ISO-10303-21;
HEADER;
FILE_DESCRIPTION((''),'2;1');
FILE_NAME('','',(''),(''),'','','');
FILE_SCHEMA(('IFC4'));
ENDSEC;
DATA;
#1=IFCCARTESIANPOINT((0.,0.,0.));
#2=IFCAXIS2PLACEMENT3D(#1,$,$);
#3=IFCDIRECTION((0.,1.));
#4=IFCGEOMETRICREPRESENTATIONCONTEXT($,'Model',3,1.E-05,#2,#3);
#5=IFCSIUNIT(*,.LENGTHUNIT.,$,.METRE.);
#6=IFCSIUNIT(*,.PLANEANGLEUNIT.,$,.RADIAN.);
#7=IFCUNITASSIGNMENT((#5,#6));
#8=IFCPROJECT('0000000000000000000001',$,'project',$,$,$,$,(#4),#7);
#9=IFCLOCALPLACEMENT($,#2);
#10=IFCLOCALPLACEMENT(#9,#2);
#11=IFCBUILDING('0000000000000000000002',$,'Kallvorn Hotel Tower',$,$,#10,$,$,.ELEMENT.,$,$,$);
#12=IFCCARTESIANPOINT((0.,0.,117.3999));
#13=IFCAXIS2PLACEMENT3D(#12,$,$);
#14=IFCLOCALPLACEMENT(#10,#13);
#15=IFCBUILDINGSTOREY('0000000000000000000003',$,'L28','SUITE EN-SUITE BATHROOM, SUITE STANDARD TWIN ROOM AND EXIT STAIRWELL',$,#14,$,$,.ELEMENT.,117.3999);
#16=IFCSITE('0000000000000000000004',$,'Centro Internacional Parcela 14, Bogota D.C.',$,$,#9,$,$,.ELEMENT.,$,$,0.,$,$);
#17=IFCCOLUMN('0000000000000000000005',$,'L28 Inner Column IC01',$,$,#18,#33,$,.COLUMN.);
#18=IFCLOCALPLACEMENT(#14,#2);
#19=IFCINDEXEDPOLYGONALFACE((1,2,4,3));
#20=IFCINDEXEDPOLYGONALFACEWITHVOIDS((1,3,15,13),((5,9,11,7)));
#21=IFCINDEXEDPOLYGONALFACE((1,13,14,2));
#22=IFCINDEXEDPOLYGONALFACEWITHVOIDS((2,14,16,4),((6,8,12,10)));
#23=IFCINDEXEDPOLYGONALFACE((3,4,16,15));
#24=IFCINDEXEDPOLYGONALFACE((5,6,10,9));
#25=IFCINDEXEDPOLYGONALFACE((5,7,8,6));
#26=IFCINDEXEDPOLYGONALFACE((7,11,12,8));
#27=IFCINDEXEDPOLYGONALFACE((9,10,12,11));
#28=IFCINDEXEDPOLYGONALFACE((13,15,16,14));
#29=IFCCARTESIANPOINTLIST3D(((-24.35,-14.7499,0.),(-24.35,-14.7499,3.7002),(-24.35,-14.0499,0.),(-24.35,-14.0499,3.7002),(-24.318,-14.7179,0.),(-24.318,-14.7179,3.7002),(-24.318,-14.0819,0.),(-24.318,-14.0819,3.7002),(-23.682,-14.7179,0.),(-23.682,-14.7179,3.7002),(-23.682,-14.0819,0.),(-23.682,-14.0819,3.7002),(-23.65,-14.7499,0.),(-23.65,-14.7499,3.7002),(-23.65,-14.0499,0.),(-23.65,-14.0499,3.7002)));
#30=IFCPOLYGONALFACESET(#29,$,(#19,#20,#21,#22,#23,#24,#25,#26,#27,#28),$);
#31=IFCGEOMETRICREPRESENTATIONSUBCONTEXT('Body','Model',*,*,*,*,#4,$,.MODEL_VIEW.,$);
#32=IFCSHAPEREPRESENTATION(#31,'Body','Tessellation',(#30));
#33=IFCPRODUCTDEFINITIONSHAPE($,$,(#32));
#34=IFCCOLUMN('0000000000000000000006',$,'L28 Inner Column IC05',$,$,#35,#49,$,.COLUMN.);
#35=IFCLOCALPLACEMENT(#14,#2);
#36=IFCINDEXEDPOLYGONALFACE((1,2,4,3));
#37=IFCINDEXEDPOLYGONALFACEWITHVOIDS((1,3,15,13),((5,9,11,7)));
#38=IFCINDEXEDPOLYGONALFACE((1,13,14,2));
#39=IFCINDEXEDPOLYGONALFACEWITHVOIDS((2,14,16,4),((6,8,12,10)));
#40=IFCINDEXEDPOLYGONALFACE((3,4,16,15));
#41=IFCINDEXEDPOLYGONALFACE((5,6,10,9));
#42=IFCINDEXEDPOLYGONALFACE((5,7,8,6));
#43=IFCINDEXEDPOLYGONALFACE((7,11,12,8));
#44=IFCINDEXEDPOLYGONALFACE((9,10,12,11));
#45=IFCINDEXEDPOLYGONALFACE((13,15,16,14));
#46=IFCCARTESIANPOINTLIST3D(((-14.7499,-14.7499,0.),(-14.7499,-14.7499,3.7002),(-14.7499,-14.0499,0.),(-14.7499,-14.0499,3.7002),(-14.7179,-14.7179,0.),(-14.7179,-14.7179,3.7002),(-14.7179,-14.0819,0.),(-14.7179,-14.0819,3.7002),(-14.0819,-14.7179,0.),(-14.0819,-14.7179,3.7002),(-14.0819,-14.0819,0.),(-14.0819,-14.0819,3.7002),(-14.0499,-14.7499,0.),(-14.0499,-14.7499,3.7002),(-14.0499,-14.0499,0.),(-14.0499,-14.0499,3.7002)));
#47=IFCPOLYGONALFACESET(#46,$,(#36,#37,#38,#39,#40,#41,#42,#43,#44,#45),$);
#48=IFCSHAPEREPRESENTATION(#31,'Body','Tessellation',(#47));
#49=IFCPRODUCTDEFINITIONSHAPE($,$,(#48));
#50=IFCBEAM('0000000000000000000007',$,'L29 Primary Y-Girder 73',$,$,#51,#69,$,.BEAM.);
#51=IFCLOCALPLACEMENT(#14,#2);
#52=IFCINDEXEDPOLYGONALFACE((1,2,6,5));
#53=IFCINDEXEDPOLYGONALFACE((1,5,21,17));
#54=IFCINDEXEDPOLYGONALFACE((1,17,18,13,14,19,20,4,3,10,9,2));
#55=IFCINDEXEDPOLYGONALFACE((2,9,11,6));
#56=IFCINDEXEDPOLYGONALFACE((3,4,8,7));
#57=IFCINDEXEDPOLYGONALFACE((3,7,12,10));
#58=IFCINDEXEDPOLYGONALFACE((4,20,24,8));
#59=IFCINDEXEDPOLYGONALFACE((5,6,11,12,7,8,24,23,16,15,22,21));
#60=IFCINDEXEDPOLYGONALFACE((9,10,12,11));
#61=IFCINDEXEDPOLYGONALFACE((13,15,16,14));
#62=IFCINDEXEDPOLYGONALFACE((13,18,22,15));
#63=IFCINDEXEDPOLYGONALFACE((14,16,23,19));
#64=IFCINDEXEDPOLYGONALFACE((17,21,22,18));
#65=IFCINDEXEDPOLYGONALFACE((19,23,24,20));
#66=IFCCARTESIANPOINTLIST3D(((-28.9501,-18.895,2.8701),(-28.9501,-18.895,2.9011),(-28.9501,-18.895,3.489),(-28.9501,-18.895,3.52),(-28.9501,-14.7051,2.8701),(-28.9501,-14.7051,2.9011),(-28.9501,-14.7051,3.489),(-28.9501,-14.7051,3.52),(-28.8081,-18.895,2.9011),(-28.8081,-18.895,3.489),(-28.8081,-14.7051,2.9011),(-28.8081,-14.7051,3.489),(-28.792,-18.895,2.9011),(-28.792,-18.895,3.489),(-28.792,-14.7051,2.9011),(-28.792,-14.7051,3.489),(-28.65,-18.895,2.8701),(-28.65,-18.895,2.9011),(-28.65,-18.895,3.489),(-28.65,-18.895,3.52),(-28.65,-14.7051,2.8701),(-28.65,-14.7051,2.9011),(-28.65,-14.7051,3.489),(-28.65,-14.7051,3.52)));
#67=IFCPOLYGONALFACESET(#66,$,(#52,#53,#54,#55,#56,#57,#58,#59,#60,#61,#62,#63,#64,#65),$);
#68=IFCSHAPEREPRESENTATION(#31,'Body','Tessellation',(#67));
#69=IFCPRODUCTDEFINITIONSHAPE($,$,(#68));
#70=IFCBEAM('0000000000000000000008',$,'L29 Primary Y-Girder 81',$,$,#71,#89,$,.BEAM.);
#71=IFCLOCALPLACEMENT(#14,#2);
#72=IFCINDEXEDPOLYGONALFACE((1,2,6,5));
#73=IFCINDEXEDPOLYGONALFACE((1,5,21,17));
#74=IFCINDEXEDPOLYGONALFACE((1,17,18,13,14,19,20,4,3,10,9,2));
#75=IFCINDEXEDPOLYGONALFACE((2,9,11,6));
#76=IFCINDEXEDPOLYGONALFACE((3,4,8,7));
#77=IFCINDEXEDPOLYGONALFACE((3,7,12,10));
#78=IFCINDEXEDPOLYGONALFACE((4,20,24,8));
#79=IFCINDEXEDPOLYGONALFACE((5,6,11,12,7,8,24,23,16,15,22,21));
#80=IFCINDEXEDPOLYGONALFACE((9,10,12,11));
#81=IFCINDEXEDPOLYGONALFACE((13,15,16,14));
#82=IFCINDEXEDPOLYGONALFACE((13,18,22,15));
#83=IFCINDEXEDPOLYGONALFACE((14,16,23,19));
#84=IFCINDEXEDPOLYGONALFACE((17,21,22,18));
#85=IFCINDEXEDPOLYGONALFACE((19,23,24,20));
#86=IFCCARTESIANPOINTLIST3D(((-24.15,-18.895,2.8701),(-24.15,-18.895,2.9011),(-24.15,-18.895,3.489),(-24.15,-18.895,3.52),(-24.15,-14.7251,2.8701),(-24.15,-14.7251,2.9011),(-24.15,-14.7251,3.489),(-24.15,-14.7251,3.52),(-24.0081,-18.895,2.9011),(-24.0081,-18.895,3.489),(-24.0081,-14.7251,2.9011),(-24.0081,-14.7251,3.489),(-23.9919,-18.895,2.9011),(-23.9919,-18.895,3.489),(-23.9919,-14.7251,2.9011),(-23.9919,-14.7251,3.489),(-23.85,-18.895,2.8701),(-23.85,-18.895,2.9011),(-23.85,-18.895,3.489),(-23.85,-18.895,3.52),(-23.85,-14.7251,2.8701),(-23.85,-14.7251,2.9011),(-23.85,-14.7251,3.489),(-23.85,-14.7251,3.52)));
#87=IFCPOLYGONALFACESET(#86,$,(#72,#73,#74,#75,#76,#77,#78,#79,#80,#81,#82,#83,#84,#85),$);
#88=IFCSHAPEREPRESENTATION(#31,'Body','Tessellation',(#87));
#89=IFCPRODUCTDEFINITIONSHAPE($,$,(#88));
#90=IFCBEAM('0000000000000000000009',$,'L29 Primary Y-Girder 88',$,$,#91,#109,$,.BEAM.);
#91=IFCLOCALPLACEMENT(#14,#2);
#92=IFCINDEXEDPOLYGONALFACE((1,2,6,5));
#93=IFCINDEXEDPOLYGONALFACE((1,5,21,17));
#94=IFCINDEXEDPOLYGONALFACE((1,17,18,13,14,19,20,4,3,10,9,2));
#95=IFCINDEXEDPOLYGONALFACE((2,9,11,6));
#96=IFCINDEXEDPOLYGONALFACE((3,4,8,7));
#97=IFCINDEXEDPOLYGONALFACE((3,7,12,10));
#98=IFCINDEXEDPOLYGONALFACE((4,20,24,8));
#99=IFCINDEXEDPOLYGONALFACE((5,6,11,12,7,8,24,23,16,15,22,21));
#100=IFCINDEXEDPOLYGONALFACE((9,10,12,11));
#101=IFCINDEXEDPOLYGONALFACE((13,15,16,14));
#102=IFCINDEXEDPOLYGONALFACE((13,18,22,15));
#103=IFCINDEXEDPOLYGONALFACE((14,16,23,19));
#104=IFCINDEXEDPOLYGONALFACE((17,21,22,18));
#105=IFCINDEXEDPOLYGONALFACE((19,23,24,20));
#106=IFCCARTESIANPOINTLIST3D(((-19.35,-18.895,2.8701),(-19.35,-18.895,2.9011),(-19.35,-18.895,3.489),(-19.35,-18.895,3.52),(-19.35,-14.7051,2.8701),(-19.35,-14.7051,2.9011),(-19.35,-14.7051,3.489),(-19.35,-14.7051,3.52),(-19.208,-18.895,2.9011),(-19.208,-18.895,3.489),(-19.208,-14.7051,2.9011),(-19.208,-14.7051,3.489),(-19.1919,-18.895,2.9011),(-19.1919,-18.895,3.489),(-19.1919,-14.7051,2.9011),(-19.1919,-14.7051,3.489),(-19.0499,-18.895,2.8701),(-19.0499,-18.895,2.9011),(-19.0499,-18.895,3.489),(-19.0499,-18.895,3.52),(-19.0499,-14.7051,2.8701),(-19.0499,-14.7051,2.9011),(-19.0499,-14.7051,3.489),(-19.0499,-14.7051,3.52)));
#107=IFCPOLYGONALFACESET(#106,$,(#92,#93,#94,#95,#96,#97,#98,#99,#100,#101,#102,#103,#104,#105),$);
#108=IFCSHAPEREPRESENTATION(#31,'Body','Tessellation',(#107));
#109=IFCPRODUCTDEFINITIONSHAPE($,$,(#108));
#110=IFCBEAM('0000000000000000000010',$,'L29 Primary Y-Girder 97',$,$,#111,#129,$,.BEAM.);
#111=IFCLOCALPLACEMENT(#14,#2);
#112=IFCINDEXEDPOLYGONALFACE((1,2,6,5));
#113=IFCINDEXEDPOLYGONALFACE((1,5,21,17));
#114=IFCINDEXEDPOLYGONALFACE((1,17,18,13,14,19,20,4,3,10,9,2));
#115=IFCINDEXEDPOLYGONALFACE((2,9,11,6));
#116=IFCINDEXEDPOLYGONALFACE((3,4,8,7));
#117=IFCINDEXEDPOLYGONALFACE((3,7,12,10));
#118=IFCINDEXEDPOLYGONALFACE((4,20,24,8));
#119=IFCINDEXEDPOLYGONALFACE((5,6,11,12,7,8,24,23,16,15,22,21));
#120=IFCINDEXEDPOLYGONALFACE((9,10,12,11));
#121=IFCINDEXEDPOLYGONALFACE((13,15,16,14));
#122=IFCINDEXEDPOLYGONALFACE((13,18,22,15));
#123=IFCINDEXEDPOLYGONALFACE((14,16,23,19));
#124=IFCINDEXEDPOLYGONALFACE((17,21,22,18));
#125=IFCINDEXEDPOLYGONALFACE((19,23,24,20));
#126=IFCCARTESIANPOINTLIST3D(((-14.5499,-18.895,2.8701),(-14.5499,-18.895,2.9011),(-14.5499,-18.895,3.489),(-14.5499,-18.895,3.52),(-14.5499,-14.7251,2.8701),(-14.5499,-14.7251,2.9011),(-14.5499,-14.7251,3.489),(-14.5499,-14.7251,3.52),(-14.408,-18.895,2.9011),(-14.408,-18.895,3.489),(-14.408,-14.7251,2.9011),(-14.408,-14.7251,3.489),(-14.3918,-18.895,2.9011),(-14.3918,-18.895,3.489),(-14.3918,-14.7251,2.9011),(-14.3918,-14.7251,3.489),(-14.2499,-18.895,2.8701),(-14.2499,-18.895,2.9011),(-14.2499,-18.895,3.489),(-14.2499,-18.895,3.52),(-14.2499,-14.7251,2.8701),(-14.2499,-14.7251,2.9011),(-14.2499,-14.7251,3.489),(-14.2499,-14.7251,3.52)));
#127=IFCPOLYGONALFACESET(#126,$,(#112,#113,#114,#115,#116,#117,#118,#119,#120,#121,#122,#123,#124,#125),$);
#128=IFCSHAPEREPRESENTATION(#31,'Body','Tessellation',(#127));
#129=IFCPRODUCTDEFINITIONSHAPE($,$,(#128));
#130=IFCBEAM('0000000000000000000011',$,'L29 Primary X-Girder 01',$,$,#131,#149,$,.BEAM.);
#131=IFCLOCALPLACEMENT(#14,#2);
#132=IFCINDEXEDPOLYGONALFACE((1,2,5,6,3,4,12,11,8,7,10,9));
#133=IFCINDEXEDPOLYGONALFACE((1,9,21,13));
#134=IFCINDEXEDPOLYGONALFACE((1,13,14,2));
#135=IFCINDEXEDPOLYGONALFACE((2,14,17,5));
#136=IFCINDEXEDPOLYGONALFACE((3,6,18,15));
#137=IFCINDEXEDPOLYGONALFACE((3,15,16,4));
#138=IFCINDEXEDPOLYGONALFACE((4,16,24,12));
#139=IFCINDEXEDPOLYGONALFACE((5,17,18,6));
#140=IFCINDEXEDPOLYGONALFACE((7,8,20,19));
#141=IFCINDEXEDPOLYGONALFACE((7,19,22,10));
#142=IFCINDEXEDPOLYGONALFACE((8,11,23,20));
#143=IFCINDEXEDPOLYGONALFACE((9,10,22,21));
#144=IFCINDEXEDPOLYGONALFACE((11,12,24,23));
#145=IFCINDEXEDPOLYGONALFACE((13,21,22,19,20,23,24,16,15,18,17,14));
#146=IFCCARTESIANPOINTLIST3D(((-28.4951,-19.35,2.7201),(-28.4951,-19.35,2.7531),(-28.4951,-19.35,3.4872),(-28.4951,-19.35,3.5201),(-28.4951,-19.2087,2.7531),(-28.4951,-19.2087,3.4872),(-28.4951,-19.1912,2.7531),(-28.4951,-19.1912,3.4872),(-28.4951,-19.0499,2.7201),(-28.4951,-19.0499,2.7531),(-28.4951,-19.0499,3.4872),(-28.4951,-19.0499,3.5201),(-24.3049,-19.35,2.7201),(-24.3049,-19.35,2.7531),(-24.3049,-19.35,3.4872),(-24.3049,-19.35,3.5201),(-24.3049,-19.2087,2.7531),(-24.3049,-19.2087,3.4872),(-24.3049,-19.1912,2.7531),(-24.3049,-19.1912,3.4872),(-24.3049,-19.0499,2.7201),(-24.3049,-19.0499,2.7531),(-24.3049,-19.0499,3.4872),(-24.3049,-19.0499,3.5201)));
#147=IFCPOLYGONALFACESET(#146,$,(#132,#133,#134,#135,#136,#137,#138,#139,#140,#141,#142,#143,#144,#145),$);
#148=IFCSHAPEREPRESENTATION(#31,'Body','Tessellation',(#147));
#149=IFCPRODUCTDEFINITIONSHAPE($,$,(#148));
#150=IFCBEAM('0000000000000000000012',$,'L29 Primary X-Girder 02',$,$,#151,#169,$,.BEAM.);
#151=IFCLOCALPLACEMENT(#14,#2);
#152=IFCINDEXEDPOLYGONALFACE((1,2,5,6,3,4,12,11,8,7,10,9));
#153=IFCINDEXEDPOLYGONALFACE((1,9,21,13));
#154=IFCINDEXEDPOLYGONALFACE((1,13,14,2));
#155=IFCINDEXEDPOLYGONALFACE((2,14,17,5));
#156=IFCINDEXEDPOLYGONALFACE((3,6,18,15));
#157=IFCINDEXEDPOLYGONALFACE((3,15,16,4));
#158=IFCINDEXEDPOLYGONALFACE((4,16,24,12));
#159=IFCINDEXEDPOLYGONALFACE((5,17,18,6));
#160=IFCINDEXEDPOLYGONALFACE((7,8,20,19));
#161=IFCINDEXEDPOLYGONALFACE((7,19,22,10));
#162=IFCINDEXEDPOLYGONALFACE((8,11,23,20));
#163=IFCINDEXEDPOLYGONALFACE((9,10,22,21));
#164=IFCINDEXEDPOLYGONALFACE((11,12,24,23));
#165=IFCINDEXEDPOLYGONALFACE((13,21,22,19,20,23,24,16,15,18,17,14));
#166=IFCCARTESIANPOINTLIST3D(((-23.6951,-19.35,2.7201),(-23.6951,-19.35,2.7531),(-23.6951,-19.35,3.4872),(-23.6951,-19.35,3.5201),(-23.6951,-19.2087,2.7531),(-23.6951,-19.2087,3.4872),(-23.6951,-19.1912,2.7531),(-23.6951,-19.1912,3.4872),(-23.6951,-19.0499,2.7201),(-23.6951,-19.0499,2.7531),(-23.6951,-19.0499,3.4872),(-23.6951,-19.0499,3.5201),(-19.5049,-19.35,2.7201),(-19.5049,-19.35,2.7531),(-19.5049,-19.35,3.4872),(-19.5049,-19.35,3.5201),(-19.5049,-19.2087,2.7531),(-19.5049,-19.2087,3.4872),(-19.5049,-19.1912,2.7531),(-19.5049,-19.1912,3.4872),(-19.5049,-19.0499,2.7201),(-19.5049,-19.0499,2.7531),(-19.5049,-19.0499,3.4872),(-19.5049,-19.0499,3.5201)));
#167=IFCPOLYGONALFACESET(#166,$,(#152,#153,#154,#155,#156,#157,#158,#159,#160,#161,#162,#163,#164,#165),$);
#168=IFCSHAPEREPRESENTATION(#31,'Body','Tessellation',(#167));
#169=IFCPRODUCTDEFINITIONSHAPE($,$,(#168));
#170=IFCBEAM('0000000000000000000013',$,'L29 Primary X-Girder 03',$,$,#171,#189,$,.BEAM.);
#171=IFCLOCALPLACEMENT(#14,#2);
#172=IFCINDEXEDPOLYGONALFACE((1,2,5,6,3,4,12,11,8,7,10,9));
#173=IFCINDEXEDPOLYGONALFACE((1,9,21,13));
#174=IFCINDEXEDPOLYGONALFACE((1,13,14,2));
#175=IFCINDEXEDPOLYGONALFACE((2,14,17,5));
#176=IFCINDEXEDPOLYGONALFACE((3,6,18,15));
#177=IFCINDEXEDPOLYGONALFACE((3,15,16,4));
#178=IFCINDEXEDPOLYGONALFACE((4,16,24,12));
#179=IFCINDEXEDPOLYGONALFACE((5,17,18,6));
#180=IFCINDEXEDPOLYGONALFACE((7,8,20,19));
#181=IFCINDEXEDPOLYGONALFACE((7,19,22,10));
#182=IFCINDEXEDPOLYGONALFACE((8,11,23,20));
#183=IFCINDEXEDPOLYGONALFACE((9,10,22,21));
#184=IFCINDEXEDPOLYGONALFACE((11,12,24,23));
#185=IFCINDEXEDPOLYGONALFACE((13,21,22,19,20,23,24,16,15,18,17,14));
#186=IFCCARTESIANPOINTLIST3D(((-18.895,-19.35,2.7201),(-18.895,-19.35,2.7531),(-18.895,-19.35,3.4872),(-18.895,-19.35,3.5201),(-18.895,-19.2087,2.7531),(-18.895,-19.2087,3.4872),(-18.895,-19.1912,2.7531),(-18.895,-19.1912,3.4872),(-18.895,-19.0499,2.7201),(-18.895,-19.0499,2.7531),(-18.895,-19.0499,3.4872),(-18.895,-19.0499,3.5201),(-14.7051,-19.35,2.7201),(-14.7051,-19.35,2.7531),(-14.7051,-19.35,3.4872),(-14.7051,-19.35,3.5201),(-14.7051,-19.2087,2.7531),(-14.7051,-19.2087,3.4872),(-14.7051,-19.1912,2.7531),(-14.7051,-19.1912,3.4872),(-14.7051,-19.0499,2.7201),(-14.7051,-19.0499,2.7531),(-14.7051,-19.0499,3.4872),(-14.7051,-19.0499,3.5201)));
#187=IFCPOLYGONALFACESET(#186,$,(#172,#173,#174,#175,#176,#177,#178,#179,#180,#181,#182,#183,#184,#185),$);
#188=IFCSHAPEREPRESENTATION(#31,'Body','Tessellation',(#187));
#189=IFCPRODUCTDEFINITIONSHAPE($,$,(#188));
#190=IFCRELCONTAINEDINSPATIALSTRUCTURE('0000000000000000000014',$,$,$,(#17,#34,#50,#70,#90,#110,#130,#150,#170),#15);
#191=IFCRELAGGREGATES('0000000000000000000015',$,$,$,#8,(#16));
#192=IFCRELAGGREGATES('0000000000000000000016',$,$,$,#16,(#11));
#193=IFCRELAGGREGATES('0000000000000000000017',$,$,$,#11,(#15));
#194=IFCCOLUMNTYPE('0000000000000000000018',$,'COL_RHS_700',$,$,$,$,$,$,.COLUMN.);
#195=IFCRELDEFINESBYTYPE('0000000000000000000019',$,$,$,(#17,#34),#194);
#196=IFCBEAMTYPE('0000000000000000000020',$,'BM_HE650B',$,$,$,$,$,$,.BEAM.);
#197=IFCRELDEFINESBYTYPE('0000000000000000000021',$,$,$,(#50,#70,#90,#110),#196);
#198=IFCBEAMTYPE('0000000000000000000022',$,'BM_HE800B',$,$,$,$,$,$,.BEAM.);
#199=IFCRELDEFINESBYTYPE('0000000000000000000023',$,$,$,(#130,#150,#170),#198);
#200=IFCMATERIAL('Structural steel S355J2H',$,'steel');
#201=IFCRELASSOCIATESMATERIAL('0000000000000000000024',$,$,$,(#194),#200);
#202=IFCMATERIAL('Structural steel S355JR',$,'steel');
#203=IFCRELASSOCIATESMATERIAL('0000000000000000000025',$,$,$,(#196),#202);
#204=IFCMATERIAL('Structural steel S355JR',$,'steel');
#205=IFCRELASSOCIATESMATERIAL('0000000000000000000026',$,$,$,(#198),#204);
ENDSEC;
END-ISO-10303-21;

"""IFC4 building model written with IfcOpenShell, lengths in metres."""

from ifc_helpers import new_model, si_unit, direction, frame, origin, origin_2d, place, context, subcontext, project, spatial, hollow_rectangle, i_section, extrude, material, material_profile, profile_set, type_object, element, save


model = new_model("IFC4")

# Units and contexts
model_context = context("Model", 3, precision=1e-05, world=origin(), true_north=direction((0.0, 1.0)))
body_context = subcontext(model_context, "Body", "Model", "MODEL_VIEW")
ifc_project = project(units=[si_unit("LENGTHUNIT", "METRE"), si_unit("PLANEANGLEUNIT", "RADIAN")], contexts=[model_context])

# Site, building, storey
site_placement = place(None, origin())
site = spatial("IfcSite", under=ifc_project, at=site_placement, Name="Centro Internacional Parcela 14, Bogota D.C.", CompositionType="ELEMENT", RefElevation=0.0)
building_placement = place(site_placement, origin())
building = spatial("IfcBuilding", under=site, at=building_placement, Name="Kallvorn Hotel Tower", CompositionType="ELEMENT")
storey_placement = place(building_placement, frame((0.0, 0.0, 117.3999)))
storey = spatial("IfcBuildingStorey", under=building, at=storey_placement, Name="L28", Description="SUITE EN-SUITE BATHROOM, SUITE STANDARD TWIN ROOM AND EXIT STAIRWELL", CompositionType="ELEMENT", Elevation=117.3999)

# Columns
ifc_material_1 = material(Name="Structural steel S355J2H", Category="steel")
ifc_material_profile_1 = material_profile(ifc_material_1, hollow_rectangle(XDim=0.7, YDim=0.7, WallThickness=0.032, at=origin_2d()), Name="RHS 700x700x32")
ifc_profile_set_1 = profile_set([ifc_material_profile_1], Name="Structural steel S355J2H")
column_type_1 = type_object("IfcColumnType", Name="COL_RHS_700", PredefinedType="COLUMN", material=ifc_profile_set_1)
for number, where, z_axis, x_axis, name in (
    (1, (-24.0, -14.3999, 0.0), (0.0, 0.0, 1.0), (1.0, 0.0, 0.0), "L28 Inner Column IC01"),
    (2, (-14.3999, -14.3999, 0.0), (0.0, 0.0, 1.0), (1.0, 0.0, 0.0), "L28 Inner Column IC05"),
):
    element("IfcColumn", number, at=place(storey_placement, frame(where, z_axis=z_axis, x_axis=x_axis)), inside=storey, type_object=column_type_1, Name=name, PredefinedType="COLUMN", context=body_context, shape_type="SweptSolid", body=[
        extrude(hollow_rectangle(XDim=0.7, YDim=0.7, WallThickness=0.032, at=origin_2d()), origin(), (0.0, 0.0, 1.0), 3.7002),
    ])

# Beams
ifc_material_2 = material(Name="Structural steel S355JR", Category="steel")
ifc_material_profile_2 = material_profile(ifc_material_2, i_section(OverallWidth=0.3, OverallDepth=0.6499, WebThickness=0.0161, FlangeThickness=0.031, at=origin_2d()), Name="HE 650 B")
ifc_profile_set_2 = profile_set([ifc_material_profile_2], Name="Structural steel S355JR")
beam_type_1 = type_object("IfcBeamType", Name="BM_HE650B", PredefinedType="BEAM", material=ifc_profile_set_2)
beam_1_placement = place(storey_placement, frame((-28.8, -18.895, 3.1951), z_axis=(0.0, 1.0, 0.0), x_axis=(-1.0, 0.0, 0.0)))
element("IfcBeam", 3, at=beam_1_placement, inside=storey, type_object=beam_type_1, Name="L29 Primary Y-Girder 73", PredefinedType="BEAM", context=body_context, shape_type="SweptSolid", body=[
    extrude(i_section(OverallWidth=0.3, OverallDepth=0.6499, WebThickness=0.0161, FlangeThickness=0.031, at=origin_2d()), origin(), (0.0, 0.0, 1.0), 4.1899),
])
beam_2_placement = place(storey_placement, frame((-24.0, -18.895, 3.1951), z_axis=(0.0, 1.0, 0.0), x_axis=(-1.0, 0.0, 0.0)))
element("IfcBeam", 4, at=beam_2_placement, inside=storey, type_object=beam_type_1, Name="L29 Primary Y-Girder 81", PredefinedType="BEAM", context=body_context, shape_type="SweptSolid", body=[
    extrude(i_section(OverallWidth=0.3, OverallDepth=0.6499, WebThickness=0.0161, FlangeThickness=0.031, at=origin_2d()), origin(), (0.0, 0.0, 1.0), 4.1699),
])
beam_3_placement = place(storey_placement, frame((-19.2, -18.895, 3.1951), z_axis=(0.0, 1.0, 0.0), x_axis=(-1.0, 0.0, 0.0)))
element("IfcBeam", 5, at=beam_3_placement, inside=storey, type_object=beam_type_1, Name="L29 Primary Y-Girder 88", PredefinedType="BEAM", context=body_context, shape_type="SweptSolid", body=[
    extrude(i_section(OverallWidth=0.3, OverallDepth=0.6499, WebThickness=0.0161, FlangeThickness=0.031, at=origin_2d()), origin(), (0.0, 0.0, 1.0), 4.1899),
])
beam_4_placement = place(storey_placement, frame((-14.3999, -18.895, 3.1951), z_axis=(0.0, 1.0, 0.0), x_axis=(-1.0, 0.0, 0.0)))
element("IfcBeam", 6, at=beam_4_placement, inside=storey, type_object=beam_type_1, Name="L29 Primary Y-Girder 97", PredefinedType="BEAM", context=body_context, shape_type="SweptSolid", body=[
    extrude(i_section(OverallWidth=0.3, OverallDepth=0.6499, WebThickness=0.0161, FlangeThickness=0.031, at=origin_2d()), origin(), (0.0, 0.0, 1.0), 4.1699),
])
ifc_material_3 = material(Name="Structural steel S355JR", Category="steel")
ifc_material_profile_3 = material_profile(ifc_material_3, i_section(OverallWidth=0.3, OverallDepth=0.8, WebThickness=0.0176, FlangeThickness=0.033, at=origin_2d()), Name="HE 800 B")
ifc_profile_set_3 = profile_set([ifc_material_profile_3], Name="Structural steel S355JR")
beam_type_2 = type_object("IfcBeamType", Name="BM_HE800B", PredefinedType="BEAM", material=ifc_profile_set_3)
for number, where, z_axis, x_axis, name in (
    (7, (-28.4951, -19.2, 3.1201), (1.0, 0.0, 0.0), (0.0, 1.0, 0.0), "L29 Primary X-Girder 01"),
    (8, (-23.6951, -19.2, 3.1201), (1.0, 0.0, 0.0), (0.0, 1.0, 0.0), "L29 Primary X-Girder 02"),
):
    element("IfcBeam", number, at=place(storey_placement, frame(where, z_axis=z_axis, x_axis=x_axis)), inside=storey, type_object=beam_type_2, Name=name, PredefinedType="BEAM", context=body_context, shape_type="SweptSolid", body=[
        extrude(i_section(OverallWidth=0.3, OverallDepth=0.8, WebThickness=0.0176, FlangeThickness=0.033, at=origin_2d()), origin(), (0.0, 0.0, 1.0), 4.1902),
    ])
beam_5_placement = place(storey_placement, frame((-18.895, -19.2, 3.1201), z_axis=(1.0, 0.0, 0.0), x_axis=(0.0, 1.0, 0.0)))
element("IfcBeam", 9, at=beam_5_placement, inside=storey, type_object=beam_type_2, Name="L29 Primary X-Girder 03", PredefinedType="BEAM", context=body_context, shape_type="SweptSolid", body=[
    extrude(i_section(OverallWidth=0.3, OverallDepth=0.8, WebThickness=0.0176, FlangeThickness=0.033, at=origin_2d()), origin(), (0.0, 0.0, 1.0), 4.1899),
])

save(model, "model.ifc")
